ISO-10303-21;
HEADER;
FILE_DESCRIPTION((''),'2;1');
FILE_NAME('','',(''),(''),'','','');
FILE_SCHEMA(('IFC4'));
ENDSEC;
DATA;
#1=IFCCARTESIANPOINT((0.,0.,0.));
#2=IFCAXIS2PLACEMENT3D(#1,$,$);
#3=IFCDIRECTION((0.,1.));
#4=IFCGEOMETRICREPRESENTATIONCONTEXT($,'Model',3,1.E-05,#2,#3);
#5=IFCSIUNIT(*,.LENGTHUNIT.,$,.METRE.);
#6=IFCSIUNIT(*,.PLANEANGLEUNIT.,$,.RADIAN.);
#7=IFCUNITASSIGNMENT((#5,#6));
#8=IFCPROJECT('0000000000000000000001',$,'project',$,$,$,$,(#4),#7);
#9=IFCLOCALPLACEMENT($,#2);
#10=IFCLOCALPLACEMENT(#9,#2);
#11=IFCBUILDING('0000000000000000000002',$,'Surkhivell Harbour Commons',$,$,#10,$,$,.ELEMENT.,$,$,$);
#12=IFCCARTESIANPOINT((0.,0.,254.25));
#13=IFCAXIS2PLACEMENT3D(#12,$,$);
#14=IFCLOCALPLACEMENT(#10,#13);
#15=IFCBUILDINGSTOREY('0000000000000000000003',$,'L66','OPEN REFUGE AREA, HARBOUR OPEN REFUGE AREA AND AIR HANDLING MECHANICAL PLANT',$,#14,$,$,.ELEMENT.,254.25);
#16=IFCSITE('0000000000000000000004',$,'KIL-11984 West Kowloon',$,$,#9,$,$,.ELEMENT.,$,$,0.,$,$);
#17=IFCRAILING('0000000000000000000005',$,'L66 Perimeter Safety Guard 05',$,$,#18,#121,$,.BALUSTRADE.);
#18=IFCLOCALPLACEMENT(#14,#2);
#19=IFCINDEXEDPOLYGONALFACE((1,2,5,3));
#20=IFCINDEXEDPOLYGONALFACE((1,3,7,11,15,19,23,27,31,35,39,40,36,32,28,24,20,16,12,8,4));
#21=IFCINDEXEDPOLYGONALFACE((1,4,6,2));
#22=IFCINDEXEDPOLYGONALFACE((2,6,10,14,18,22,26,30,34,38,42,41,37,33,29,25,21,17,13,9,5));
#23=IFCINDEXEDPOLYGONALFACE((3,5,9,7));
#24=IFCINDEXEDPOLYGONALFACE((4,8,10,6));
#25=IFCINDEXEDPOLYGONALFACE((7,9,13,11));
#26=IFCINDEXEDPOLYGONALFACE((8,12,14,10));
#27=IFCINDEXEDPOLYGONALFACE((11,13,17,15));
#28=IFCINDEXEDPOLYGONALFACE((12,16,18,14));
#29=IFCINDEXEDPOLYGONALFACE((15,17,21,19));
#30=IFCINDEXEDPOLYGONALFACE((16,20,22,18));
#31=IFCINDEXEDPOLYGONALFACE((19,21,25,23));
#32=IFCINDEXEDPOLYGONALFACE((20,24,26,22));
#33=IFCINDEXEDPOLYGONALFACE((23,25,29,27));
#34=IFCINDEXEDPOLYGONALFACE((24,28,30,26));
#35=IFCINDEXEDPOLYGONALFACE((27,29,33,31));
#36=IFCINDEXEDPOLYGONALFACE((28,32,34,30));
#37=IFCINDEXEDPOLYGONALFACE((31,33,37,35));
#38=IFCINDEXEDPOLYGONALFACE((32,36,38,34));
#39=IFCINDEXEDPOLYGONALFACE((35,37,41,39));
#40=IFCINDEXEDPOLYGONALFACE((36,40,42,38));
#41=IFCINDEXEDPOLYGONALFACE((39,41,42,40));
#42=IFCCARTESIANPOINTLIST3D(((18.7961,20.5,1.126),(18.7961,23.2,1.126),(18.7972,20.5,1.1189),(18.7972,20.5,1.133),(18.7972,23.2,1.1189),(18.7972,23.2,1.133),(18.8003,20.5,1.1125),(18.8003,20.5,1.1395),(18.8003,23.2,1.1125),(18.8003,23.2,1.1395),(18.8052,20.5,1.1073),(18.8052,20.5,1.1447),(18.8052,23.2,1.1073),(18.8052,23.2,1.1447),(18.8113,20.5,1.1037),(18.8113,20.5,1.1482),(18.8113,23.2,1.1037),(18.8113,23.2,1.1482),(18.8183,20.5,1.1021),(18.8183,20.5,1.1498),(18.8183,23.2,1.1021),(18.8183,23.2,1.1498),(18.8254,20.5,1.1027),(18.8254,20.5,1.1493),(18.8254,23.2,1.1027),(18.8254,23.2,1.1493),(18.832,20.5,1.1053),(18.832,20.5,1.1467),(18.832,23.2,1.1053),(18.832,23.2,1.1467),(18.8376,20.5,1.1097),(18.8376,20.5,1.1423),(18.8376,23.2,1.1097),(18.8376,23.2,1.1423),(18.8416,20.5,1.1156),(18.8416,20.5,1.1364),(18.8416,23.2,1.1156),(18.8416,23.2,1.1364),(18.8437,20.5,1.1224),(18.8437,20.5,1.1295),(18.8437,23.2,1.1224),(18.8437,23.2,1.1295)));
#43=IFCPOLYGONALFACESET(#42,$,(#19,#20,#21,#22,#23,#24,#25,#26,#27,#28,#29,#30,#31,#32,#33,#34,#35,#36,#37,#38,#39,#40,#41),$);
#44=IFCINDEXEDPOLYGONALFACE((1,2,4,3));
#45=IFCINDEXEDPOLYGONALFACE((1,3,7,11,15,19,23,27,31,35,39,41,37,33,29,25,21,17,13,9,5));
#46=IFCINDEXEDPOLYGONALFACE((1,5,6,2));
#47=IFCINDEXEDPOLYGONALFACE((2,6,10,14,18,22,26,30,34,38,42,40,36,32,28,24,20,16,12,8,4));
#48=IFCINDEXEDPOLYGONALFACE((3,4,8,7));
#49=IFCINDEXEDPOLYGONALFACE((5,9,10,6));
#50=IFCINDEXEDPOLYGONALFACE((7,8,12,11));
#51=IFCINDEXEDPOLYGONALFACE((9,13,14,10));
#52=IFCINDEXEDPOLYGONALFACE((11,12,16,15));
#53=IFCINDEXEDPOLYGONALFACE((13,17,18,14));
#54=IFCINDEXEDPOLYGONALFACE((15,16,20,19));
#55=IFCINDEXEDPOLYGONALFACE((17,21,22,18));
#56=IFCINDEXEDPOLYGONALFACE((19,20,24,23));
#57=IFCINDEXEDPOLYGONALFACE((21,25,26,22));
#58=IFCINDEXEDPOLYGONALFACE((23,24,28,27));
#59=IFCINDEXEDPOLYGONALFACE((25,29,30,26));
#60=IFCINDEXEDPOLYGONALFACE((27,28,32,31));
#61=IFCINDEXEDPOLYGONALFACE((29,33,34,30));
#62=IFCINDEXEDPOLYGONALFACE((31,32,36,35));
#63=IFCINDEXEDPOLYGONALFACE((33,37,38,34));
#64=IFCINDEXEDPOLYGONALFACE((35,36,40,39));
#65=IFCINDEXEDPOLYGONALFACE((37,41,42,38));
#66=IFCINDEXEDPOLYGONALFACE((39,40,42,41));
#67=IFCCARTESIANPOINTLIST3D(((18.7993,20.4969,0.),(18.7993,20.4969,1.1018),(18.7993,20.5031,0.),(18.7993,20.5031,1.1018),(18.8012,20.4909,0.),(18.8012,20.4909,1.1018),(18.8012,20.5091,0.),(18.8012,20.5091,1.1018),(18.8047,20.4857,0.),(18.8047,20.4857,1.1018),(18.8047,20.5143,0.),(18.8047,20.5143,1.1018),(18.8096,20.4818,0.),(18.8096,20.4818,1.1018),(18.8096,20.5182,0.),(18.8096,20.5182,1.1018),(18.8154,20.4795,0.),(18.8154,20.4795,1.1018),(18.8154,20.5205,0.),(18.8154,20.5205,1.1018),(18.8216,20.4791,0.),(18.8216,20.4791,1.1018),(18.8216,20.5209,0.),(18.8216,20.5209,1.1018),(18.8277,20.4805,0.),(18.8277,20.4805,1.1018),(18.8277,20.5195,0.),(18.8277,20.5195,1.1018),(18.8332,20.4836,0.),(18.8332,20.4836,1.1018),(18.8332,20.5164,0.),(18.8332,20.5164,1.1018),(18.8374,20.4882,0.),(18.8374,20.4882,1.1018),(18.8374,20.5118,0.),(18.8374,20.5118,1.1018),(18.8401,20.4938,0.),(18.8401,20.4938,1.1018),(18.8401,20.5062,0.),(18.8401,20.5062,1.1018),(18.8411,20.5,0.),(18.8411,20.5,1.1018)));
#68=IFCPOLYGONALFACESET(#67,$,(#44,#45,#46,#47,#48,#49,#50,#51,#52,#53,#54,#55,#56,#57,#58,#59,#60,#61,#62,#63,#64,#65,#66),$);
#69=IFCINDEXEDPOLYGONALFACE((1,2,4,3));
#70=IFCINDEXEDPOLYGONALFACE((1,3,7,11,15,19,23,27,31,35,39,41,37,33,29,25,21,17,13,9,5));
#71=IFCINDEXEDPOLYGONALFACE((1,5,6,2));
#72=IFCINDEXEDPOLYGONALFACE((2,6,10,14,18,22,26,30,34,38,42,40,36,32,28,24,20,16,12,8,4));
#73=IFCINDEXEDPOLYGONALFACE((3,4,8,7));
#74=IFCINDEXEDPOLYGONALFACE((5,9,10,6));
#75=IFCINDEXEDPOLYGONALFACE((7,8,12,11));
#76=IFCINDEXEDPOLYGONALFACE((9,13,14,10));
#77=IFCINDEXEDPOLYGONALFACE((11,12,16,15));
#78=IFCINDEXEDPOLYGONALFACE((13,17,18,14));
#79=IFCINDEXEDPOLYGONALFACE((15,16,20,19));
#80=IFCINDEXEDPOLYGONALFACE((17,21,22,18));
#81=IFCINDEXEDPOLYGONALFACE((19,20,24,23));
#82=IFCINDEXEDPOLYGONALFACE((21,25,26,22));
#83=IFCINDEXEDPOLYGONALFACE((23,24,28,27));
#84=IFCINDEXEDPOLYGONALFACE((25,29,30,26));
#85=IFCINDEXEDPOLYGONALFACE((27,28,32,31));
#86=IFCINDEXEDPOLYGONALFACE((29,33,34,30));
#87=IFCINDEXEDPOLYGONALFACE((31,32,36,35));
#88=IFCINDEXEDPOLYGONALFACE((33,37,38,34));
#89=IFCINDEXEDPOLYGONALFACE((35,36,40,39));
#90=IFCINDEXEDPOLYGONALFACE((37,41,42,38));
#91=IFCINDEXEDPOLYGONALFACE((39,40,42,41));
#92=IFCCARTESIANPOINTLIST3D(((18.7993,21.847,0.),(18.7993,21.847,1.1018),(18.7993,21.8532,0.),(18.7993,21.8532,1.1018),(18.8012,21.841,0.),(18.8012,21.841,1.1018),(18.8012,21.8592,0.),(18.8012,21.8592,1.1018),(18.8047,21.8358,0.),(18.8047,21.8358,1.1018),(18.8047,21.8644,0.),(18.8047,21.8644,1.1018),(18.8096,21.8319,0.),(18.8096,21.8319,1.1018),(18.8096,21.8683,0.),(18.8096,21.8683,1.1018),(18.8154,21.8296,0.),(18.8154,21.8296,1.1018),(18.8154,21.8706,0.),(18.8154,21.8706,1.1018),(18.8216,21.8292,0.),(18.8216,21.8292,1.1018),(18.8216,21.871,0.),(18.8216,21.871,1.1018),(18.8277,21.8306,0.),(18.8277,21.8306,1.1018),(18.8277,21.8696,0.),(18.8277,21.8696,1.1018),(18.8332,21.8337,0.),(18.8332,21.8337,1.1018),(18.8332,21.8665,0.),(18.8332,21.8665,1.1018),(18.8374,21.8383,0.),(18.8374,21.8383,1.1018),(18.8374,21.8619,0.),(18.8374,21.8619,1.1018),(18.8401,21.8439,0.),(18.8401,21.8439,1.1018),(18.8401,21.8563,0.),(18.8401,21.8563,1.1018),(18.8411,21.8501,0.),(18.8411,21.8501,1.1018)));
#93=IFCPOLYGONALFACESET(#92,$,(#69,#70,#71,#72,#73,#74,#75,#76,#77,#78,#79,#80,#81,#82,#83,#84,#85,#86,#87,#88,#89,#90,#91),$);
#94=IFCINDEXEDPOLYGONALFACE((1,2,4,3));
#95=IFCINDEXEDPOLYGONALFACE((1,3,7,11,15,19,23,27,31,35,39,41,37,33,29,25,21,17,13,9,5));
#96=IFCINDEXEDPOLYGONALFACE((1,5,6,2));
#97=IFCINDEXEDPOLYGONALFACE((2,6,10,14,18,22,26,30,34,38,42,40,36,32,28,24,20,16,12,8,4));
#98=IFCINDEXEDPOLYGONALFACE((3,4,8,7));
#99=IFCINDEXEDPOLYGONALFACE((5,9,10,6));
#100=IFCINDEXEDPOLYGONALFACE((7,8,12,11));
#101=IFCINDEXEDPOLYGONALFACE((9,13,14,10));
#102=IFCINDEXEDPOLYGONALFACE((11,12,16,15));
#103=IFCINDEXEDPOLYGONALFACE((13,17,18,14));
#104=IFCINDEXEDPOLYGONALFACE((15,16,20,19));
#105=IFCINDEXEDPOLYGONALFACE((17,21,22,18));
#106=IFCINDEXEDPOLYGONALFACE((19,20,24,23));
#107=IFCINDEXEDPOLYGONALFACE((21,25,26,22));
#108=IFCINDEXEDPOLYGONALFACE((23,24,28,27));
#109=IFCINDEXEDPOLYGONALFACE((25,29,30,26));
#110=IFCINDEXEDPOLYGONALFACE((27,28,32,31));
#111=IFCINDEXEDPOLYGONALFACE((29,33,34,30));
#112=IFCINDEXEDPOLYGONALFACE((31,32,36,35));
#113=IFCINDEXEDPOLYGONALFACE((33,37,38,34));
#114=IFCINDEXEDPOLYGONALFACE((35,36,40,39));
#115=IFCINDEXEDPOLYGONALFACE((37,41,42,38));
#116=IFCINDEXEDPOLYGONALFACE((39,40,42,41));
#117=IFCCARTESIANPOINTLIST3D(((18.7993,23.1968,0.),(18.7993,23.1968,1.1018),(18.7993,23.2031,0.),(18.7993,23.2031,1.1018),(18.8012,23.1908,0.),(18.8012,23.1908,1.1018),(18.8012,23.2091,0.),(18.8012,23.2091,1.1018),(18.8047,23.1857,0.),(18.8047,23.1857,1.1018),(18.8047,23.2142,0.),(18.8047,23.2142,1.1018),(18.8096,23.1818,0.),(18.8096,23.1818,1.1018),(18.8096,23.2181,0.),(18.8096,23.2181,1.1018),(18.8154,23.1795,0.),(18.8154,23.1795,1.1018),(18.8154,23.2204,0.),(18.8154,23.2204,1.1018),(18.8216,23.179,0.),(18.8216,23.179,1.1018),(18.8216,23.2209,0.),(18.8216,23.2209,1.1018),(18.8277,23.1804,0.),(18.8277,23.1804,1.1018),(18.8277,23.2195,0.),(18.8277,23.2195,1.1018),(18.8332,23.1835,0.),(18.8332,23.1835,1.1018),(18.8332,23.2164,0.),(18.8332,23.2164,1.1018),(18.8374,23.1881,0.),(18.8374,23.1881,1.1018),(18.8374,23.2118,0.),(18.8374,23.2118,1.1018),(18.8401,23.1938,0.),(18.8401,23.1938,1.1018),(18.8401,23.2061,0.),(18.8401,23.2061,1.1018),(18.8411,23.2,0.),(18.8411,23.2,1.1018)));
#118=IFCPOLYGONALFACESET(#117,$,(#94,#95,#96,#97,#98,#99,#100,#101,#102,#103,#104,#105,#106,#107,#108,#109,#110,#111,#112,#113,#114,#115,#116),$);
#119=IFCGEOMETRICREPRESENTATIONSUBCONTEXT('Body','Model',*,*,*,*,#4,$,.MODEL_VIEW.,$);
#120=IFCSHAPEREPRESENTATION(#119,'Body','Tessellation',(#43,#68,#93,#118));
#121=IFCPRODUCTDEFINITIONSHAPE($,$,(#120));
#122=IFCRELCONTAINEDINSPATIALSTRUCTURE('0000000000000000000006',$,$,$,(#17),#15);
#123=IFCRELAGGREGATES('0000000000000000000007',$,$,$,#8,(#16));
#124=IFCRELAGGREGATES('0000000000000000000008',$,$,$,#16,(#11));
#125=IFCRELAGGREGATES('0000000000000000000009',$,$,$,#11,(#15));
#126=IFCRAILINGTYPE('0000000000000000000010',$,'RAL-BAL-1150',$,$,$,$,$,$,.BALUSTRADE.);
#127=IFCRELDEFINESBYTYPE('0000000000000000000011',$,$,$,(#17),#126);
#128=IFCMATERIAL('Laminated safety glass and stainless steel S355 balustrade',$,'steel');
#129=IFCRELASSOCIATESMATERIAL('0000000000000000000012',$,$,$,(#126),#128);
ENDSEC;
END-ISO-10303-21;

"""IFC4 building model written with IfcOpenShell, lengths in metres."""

from ifc_helpers import new_model, si_unit, direction, frame, origin, origin_2d, place, context, subcontext, project, spatial, circle, extrude, material, type_object, element, save


model = new_model("IFC4")

# Units and contexts
model_context = context("Model", 3, precision=1e-05, world=origin(), true_north=direction((0.0, 1.0)))
body_context = subcontext(model_context, "Body", "Model", "MODEL_VIEW")
ifc_project = project(units=[si_unit("LENGTHUNIT", "METRE"), si_unit("PLANEANGLEUNIT", "RADIAN")], contexts=[model_context])

# Site, building, storey
site_placement = place(None, origin())
site = spatial("IfcSite", under=ifc_project, at=site_placement, Name="KIL-11984 West Kowloon", CompositionType="ELEMENT", RefElevation=0.0)
building_placement = place(site_placement, origin())
building = spatial("IfcBuilding", under=site, at=building_placement, Name="Surkhivell Harbour Commons", CompositionType="ELEMENT")
storey_placement = place(building_placement, frame((0.0, 0.0, 254.25)))
storey = spatial("IfcBuildingStorey", under=building, at=storey_placement, Name="L66", Description="OPEN REFUGE AREA, HARBOUR OPEN REFUGE AREA AND AIR HANDLING MECHANICAL PLANT", CompositionType="ELEMENT", Elevation=254.25)

# Railing
ifc_material_1 = material(Name="Laminated safety glass and stainless steel S355 balustrade", Category="steel")
railing_type = type_object("IfcRailingType", Name="RAL-BAL-1150", PredefinedType="BALUSTRADE", material=ifc_material_1)
railing_1_placement = place(storey_placement, frame((18.8201, 20.5, 0.0)))
element("IfcRailing", 1, at=railing_1_placement, inside=storey, type_object=railing_type, Name="L66 Perimeter Safety Guard 05", PredefinedType="BALUSTRADE", context=body_context, shape_type="SweptSolid", body=[
    extrude(circle(Radius=0.0239, at=origin_2d()), frame((0.0, 0.0, 1.126), z_axis=(0.0, 1.0, 0.0), x_axis=(-1.0, 0.0, 0.0)), (0.0, 0.0, 1.0), 2.7),
    extrude(circle(Radius=0.021, at=origin_2d()), origin(), (0.0, 0.0, 1.0), 1.1018),
    extrude(circle(Radius=0.021, at=origin_2d()), frame((0.0, 1.3501, 0.0)), (0.0, 0.0, 1.0), 1.1018),
    extrude(circle(Radius=0.021, at=origin_2d()), frame((0.0, 2.7, 0.0)), (0.0, 0.0, 1.0), 1.1018),
])

save(model, "model.ifc")
